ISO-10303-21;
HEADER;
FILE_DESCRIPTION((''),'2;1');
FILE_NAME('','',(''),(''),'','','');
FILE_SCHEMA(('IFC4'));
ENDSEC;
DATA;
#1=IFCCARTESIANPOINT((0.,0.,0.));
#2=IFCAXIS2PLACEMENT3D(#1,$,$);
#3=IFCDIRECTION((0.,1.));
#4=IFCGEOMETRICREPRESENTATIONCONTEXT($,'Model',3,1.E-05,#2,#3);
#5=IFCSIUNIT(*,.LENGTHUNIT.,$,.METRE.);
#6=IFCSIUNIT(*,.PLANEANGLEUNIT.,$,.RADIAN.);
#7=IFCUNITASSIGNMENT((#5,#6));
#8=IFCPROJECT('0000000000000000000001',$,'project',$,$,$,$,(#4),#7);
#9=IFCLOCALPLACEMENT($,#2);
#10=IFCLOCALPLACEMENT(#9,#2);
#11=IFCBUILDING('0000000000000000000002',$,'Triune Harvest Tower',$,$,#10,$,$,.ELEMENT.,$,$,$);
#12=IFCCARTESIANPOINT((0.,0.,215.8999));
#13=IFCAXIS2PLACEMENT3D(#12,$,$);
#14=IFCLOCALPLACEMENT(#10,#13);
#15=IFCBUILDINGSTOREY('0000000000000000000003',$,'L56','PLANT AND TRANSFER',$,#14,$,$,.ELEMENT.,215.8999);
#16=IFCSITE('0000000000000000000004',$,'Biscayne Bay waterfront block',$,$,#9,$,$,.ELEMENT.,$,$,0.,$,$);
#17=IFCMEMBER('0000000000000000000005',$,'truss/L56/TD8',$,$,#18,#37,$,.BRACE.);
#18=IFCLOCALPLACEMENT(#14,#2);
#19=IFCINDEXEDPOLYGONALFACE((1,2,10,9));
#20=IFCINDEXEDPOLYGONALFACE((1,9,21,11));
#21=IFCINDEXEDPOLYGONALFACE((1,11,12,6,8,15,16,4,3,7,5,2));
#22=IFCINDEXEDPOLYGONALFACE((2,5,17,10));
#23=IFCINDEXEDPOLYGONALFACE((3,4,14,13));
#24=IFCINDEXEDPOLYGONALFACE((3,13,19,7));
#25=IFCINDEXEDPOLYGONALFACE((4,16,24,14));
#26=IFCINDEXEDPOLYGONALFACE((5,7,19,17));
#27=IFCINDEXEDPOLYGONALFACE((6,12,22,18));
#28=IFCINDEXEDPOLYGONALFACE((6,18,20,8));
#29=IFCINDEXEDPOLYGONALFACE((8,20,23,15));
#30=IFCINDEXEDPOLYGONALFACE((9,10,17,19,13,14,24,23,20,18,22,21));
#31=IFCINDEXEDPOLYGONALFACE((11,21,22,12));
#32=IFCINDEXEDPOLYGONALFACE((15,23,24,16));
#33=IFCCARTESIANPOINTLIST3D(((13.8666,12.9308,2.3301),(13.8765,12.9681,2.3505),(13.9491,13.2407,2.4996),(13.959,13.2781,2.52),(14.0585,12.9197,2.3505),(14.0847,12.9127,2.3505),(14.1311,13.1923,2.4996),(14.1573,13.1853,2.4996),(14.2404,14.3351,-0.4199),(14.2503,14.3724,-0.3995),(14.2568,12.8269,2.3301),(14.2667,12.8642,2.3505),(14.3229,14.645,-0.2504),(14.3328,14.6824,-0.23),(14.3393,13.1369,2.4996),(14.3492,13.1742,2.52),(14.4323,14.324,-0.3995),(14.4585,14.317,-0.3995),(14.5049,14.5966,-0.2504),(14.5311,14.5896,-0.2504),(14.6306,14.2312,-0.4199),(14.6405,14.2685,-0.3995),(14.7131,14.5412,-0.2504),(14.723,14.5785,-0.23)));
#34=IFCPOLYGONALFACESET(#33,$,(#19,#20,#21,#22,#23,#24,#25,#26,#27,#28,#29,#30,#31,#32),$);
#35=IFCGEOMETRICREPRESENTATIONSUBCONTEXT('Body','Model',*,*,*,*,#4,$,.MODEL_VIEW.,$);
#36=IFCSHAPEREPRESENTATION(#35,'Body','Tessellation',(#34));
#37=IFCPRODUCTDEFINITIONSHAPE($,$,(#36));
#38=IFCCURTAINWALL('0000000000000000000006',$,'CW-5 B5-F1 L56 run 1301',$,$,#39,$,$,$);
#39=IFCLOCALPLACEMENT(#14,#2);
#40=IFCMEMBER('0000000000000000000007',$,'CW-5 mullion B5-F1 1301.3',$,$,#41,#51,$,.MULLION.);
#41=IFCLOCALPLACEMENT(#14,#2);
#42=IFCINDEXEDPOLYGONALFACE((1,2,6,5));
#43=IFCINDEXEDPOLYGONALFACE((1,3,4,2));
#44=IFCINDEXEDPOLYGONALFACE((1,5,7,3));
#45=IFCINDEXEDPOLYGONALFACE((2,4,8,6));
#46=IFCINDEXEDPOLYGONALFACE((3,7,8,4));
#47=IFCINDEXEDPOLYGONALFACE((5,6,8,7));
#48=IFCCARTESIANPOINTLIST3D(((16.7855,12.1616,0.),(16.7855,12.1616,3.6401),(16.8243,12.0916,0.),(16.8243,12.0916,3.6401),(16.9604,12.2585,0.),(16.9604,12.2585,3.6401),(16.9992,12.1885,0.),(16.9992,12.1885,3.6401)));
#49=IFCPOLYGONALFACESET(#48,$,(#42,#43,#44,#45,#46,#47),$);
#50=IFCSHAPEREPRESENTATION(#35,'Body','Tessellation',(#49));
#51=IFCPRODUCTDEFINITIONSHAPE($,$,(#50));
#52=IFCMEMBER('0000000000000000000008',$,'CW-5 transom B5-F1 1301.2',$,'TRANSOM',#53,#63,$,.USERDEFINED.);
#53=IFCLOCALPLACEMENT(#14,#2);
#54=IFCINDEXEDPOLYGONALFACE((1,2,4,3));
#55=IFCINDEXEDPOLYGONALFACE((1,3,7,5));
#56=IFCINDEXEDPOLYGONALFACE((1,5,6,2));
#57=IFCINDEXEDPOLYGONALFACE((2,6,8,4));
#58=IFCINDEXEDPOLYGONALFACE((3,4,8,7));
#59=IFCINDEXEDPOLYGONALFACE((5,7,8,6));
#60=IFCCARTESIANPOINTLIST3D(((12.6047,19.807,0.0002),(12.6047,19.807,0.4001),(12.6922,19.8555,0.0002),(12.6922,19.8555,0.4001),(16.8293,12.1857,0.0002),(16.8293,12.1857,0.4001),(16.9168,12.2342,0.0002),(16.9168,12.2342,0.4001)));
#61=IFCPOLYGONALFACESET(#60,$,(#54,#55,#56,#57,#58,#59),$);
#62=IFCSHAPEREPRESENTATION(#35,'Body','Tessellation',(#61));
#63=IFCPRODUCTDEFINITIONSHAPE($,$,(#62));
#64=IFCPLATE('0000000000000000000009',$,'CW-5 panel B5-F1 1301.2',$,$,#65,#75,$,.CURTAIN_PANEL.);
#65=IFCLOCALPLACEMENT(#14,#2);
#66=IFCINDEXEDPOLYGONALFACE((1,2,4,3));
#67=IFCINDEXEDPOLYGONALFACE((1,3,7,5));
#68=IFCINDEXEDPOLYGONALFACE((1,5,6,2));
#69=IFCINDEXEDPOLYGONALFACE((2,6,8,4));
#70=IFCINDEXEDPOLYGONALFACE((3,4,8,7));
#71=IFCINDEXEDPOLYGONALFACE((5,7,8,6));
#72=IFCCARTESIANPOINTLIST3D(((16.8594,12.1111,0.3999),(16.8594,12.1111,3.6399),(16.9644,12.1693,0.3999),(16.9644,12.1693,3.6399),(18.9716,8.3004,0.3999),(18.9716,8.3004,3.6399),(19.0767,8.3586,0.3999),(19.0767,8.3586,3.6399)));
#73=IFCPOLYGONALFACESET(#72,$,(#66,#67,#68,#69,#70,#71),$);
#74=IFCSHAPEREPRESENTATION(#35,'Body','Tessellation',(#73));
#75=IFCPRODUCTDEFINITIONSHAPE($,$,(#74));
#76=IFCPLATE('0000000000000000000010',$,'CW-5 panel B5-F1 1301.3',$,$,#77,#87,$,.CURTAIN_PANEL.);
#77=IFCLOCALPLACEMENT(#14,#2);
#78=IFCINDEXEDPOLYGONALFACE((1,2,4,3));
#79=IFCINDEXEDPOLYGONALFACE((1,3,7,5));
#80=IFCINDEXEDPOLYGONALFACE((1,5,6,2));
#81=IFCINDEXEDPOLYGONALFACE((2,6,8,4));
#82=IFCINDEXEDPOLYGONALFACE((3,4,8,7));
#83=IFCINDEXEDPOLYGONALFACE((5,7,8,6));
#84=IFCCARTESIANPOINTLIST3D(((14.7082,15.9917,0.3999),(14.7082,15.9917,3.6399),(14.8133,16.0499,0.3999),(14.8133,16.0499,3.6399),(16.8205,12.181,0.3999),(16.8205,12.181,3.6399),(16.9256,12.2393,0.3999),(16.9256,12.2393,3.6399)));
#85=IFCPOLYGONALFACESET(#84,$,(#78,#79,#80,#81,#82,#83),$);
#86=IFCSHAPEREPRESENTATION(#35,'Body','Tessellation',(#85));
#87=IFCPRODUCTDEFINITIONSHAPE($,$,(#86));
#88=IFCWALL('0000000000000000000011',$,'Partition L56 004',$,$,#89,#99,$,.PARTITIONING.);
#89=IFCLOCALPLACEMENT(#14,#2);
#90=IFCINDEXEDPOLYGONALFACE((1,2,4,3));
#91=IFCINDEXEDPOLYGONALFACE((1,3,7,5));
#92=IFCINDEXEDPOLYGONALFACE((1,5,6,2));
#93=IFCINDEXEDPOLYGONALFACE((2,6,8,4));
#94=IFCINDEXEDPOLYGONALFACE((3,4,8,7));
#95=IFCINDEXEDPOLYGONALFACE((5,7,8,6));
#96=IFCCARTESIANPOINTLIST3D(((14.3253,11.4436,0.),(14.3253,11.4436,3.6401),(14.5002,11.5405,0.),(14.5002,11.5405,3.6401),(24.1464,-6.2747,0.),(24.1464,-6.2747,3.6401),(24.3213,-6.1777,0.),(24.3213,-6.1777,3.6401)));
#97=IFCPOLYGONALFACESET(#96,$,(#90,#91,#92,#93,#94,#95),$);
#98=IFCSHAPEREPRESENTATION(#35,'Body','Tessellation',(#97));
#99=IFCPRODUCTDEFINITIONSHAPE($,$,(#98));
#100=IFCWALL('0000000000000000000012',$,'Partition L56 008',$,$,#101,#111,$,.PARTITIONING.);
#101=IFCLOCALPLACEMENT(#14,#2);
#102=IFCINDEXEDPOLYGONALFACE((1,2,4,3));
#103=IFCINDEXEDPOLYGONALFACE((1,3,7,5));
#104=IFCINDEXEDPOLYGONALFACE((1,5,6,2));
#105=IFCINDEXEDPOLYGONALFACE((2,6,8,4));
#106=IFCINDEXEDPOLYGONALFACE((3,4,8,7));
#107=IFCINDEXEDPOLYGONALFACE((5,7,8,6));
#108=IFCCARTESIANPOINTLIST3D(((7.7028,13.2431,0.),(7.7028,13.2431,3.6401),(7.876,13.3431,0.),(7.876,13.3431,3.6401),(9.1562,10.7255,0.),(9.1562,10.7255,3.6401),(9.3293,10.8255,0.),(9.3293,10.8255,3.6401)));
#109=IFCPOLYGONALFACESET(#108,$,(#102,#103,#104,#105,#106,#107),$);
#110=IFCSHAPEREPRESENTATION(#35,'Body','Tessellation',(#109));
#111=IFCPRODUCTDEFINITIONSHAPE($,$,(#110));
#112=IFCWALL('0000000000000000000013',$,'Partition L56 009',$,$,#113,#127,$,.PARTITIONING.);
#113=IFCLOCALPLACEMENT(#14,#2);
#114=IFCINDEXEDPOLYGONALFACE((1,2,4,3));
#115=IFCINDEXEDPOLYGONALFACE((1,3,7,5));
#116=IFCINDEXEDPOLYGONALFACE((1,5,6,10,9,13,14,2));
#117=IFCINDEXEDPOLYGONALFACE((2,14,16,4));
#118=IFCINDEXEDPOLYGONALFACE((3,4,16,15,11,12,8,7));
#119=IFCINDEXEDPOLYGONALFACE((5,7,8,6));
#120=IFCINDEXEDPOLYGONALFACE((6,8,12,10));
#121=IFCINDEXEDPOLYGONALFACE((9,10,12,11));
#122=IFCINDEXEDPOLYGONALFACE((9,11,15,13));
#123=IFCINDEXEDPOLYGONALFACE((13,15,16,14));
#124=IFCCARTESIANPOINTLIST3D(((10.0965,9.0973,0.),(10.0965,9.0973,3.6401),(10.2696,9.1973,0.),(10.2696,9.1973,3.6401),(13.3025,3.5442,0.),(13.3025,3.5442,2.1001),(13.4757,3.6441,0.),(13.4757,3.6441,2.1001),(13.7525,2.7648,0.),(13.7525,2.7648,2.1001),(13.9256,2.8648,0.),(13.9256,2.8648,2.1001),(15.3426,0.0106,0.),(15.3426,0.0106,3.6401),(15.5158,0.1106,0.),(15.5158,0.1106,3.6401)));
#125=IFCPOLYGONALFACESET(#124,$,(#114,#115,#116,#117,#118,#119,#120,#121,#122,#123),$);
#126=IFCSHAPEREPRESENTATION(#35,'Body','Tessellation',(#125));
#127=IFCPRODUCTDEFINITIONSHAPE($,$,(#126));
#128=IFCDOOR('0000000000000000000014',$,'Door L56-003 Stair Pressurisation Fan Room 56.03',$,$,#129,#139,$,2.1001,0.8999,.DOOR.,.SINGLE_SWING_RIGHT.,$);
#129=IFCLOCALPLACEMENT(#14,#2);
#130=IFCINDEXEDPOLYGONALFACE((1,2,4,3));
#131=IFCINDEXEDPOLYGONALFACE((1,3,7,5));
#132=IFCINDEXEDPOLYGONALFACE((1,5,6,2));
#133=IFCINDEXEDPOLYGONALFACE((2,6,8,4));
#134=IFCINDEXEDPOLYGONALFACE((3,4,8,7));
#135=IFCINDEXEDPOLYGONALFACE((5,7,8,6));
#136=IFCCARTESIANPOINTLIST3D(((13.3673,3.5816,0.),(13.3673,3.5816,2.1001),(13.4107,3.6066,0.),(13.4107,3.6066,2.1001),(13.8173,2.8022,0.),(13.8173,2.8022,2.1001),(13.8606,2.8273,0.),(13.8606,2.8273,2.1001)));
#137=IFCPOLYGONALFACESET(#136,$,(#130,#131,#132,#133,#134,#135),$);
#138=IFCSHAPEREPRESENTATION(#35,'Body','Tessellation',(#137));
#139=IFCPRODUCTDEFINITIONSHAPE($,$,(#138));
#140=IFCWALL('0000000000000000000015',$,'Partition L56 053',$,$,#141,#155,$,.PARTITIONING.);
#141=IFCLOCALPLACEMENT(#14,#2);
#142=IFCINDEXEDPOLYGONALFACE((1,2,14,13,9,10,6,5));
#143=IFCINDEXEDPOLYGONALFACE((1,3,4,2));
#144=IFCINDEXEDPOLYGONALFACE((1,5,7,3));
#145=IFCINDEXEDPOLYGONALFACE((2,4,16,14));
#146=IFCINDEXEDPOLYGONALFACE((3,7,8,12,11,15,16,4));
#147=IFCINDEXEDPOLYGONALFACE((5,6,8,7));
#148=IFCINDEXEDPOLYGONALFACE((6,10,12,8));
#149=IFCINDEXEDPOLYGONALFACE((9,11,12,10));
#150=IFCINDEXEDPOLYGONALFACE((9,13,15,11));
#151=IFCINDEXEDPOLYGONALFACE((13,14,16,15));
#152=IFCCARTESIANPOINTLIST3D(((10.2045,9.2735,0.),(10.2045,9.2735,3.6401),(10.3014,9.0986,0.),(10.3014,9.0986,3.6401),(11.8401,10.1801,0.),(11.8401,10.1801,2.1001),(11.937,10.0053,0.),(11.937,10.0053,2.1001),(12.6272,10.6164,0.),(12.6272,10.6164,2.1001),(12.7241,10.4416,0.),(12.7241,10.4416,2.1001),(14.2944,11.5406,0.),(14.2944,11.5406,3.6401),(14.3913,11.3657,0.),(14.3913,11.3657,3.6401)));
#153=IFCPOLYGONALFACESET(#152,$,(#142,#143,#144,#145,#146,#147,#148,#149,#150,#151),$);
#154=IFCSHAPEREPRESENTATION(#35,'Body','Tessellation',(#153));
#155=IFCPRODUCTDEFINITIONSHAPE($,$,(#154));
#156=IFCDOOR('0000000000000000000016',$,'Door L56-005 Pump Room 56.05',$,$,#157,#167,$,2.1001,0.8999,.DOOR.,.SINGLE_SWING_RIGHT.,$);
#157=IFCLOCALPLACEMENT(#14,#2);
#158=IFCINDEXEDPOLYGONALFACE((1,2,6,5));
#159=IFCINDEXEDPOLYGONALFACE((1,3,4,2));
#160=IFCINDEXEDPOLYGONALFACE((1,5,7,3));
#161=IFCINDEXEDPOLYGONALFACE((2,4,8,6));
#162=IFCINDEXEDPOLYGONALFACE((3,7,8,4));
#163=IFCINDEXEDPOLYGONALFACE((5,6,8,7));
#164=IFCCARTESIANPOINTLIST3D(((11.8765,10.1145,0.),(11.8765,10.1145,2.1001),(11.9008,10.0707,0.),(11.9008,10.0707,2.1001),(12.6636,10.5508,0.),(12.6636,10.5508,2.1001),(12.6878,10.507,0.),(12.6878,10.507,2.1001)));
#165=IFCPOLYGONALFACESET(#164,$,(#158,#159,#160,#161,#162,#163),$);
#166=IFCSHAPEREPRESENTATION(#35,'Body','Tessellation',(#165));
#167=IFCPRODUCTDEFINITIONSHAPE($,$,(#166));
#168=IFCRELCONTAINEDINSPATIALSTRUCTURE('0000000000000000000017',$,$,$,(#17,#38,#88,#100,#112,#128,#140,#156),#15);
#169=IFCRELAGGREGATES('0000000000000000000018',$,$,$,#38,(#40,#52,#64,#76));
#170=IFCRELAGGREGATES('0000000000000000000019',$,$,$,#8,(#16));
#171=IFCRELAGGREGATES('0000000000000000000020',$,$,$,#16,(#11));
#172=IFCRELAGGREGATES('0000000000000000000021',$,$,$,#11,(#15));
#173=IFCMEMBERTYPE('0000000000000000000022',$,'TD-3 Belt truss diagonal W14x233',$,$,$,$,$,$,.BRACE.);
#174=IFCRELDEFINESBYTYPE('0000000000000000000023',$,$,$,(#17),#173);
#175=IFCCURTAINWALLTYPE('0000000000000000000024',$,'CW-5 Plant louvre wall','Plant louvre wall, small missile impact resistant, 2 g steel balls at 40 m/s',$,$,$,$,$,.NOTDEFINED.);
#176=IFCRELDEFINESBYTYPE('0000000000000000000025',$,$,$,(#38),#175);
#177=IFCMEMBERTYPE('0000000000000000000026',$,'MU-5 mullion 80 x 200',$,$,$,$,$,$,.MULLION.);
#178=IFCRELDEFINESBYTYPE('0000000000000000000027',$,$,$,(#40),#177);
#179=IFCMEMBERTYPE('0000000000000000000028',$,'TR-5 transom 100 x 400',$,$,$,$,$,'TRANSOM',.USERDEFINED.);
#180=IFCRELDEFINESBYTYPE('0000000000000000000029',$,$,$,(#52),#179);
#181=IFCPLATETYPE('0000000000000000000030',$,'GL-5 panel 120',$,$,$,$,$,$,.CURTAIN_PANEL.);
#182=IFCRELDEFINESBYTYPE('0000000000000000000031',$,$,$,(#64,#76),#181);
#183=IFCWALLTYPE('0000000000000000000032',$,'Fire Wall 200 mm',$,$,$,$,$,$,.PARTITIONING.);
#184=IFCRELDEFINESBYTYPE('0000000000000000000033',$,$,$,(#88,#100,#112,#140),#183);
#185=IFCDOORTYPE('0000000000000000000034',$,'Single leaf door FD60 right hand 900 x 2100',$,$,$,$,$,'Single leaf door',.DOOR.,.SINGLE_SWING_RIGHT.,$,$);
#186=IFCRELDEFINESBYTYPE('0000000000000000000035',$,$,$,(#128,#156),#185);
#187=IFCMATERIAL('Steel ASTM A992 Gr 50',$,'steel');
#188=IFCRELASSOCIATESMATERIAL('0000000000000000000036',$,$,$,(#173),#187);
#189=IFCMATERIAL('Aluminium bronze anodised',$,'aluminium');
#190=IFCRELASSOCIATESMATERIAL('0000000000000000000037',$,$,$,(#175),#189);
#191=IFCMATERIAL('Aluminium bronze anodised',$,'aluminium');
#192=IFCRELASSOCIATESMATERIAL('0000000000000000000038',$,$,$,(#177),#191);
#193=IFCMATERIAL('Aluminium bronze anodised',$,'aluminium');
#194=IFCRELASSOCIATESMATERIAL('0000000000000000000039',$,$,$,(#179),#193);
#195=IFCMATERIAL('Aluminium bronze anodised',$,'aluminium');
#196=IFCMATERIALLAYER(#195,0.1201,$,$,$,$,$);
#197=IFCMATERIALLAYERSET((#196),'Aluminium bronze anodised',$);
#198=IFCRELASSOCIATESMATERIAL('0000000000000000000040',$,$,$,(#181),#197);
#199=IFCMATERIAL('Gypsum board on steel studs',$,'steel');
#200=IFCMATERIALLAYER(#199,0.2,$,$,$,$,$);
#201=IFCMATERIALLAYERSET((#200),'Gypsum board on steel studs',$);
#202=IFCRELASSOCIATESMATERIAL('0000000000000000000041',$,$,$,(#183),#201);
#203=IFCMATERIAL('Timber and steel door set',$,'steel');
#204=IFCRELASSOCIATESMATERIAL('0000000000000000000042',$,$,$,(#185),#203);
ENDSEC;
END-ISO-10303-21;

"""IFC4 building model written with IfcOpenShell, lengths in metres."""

from ifc_helpers import new_model, si_unit, direction, frame, frame_2d, origin, origin_2d, place, context, subcontext, project, spatial, rectangle, i_section, extrude, source, transform, mapped, material, layer, layer_set, material_profile, profile_set, type_object, element, fill, aggregate, save


model = new_model("IFC4")

# Units and contexts
model_context = context("Model", 3, precision=1e-05, world=origin(), true_north=direction((0.0, 1.0)))
body_context = subcontext(model_context, "Body", "Model", "MODEL_VIEW")
ifc_project = project(units=[si_unit("LENGTHUNIT", "METRE"), si_unit("PLANEANGLEUNIT", "RADIAN")], contexts=[model_context])

# Site, building, storey
site_placement = place(None, origin())
site = spatial("IfcSite", under=ifc_project, at=site_placement, Name="Biscayne Bay waterfront block", CompositionType="ELEMENT", RefElevation=0.0)
building_placement = place(site_placement, origin())
building = spatial("IfcBuilding", under=site, at=building_placement, Name="Triune Harvest Tower", CompositionType="ELEMENT")
storey_placement = place(building_placement, frame((0.0, 0.0, 215.8999)))
storey = spatial("IfcBuildingStorey", under=building, at=storey_placement, Name="L56", Description="PLANT AND TRANSFER", CompositionType="ELEMENT", Elevation=215.8999)

# Member
ifc_material_1 = material(Name="Steel ASTM A992 Gr 50", Category="steel")
ifc_material_profile_1 = material_profile(ifc_material_1, i_section(OverallWidth=0.4038, OverallDepth=0.4065, WebThickness=0.0271, FlangeThickness=0.0437, at=origin_2d()), Name="W14x233")
ifc_profile_set_1 = profile_set([ifc_material_profile_1], Name="Steel ASTM A992 Gr 50")
member_type_1 = type_object("IfcMemberType", Name="TD-3 Belt truss diagonal W14x233", PredefinedType="BRACE", material=ifc_profile_set_1)
shared_shape_1 = source(origin(), body_context, "Body", "SweptSolid", [
    extrude(i_section(OverallWidth=0.4038, OverallDepth=0.4065, WebThickness=0.0271, FlangeThickness=0.0437, at=origin_2d()), origin(), (0.0, 0.0, 1.0), 3.1104),
])
member_1_placement = place(storey_placement, frame((14.4817, 14.4568, -0.325), z_axis=(-0.120173, -0.451492, 0.884146), x_axis=(0.966355, -0.257213, 0.0)))
element("IfcMember", 1, at=member_1_placement, inside=storey, type_object=member_type_1, Name="truss/L56/TD8", PredefinedType="BRACE", context=body_context, shape_type="MappedRepresentation", body=[
    mapped(shared_shape_1, transform((0.0, 0.0, 0.0), scale=1.0)),
])

# Curtain wall, members, plates
ifc_material_2 = material(Name="Aluminium bronze anodised", Category="aluminium")
curtain_wall_type = type_object("IfcCurtainWallType", Name="CW-5 Plant louvre wall", Description="Plant louvre wall, small missile impact resistant, 2 g steel balls at 40 m/s", PredefinedType="NOTDEFINED", material=ifc_material_2)
curtain_wall_placement = place(storey_placement, origin())
curtain_wall = element("IfcCurtainWall", 2, at=curtain_wall_placement, inside=storey, type_object=curtain_wall_type, Name="CW-5 B5-F1 L56 run 1301")
ifc_material_3 = material(Name="Aluminium bronze anodised", Category="aluminium")
ifc_material_profile_2 = material_profile(ifc_material_3, rectangle(XDim=0.2, YDim=0.0801, at=origin_2d()), Name="MU-5 mullion 80 x 200")
ifc_profile_set_2 = profile_set([ifc_material_profile_2], Name="Aluminium bronze anodised")
member_type_2 = type_object("IfcMemberType", Name="MU-5 mullion 80 x 200", PredefinedType="MULLION", material=ifc_profile_set_2)
shared_shape_2 = source(origin(), body_context, "Body", "SweptSolid", [
    extrude(rectangle(XDim=0.2, YDim=0.0801, at=origin_2d()), origin(), (0.0, 0.0, 1.0), 3.6401),
])
member_2_placement = place(storey_placement, frame((16.8923, 12.175, 0.0), z_axis=(0.0, 0.0, 1.0), x_axis=(-0.874621, -0.484808, 0.0)))
member_2 = element("IfcMember", 3, at=member_2_placement, type_object=member_type_2, Name="CW-5 mullion B5-F1 1301.3", PredefinedType="MULLION", context=body_context, shape_type="MappedRepresentation", body=[
    mapped(shared_shape_2, transform((0.0, 0.0, 0.0), scale=1.0)),
])
ifc_material_4 = material(Name="Aluminium bronze anodised", Category="aluminium")
ifc_material_profile_3 = material_profile(ifc_material_4, rectangle(XDim=0.1001, YDim=0.3999, at=origin_2d()), Name="TR-5 transom 100 x 400")
ifc_profile_set_3 = profile_set([ifc_material_profile_3], Name="Aluminium bronze anodised")
member_type_3 = type_object("IfcMemberType", Name="TR-5 transom 100 x 400", ElementType="TRANSOM", PredefinedType="USERDEFINED", material=ifc_profile_set_3)
shared_shape_3 = source(origin(), body_context, "Body", "SweptSolid", [
    extrude(rectangle(XDim=0.1001, YDim=0.3999, at=origin_2d()), origin(), (0.0, 0.0, 1.0), 8.7139),
])
member_3_placement = place(storey_placement, frame((16.873, 12.21, 0.2002), z_axis=(-0.484812, 0.874618, 0.0), x_axis=(-0.874618, -0.484812, 0.0)))
member_3 = element("IfcMember", 4, at=member_3_placement, type_object=member_type_3, Name="CW-5 transom B5-F1 1301.2", ObjectType="TRANSOM", PredefinedType="USERDEFINED", context=body_context, shape_type="MappedRepresentation", body=[
    mapped(shared_shape_3, transform((0.0, 0.0, 0.0), scale=1.0)),
])
ifc_material_5 = material(Name="Aluminium bronze anodised", Category="aluminium")
ifc_layer_1 = layer(ifc_material_5, 0.1201)
ifc_layer_set_1 = layer_set([ifc_layer_1], Name="Aluminium bronze anodised")
plate_type = type_object("IfcPlateType", Name="GL-5 panel 120", PredefinedType="CURTAIN_PANEL", material=ifc_layer_set_1)
shared_shape_4 = source(origin(), body_context, "Body", "SweptSolid", [
    extrude(rectangle(XDim=4.3569, YDim=0.1201, at=origin_2d()), origin(), (0.0, 0.0, 1.0), 3.24),
])
plate_1_placement = place(storey_placement, frame((17.968, 10.2349, 0.3999), z_axis=(0.0, 0.0, 1.0), x_axis=(-0.484808, 0.874621, 0.0)))
plate_1 = element("IfcPlate", 5, at=plate_1_placement, type_object=plate_type, Name="CW-5 panel B5-F1 1301.2", PredefinedType="CURTAIN_PANEL", context=body_context, shape_type="MappedRepresentation", body=[
    mapped(shared_shape_4, transform((0.0, 0.0, 0.0), scale=1.0)),
])
plate_2_placement = place(storey_placement, frame((15.8169, 14.1155, 0.3999), z_axis=(0.0, 0.0, 1.0), x_axis=(-0.484808, 0.874621, 0.0)))
plate_2 = element("IfcPlate", 6, at=plate_2_placement, type_object=plate_type, Name="CW-5 panel B5-F1 1301.3", PredefinedType="CURTAIN_PANEL", context=body_context, shape_type="MappedRepresentation", body=[
    mapped(shared_shape_4, transform((0.0, 0.0, 0.0), scale=1.0)),
])
aggregate(curtain_wall, [member_2, member_3, plate_1, plate_2])

# Walls
ifc_material_6 = material(Name="Gypsum board on steel studs", Category="steel")
ifc_layer_2 = layer(ifc_material_6, 0.2)
ifc_layer_set_2 = layer_set([ifc_layer_2], Name="Gypsum board on steel studs")
wall_type = type_object("IfcWallType", Name="Fire Wall 200 mm", PredefinedType="PARTITIONING", material=ifc_layer_set_2)
wall_1_placement = place(storey_placement, frame((14.4128, 11.4919, 0.0), z_axis=(0.0, 0.0, 1.0), x_axis=(0.484796, -0.874627, 0.0)))
element("IfcWall", 7, at=wall_1_placement, inside=storey, type_object=wall_type, Name="Partition L56 004", PredefinedType="PARTITIONING", context=body_context, shape_type="SweptSolid", body=[
    extrude(rectangle(XDim=20.2581, YDim=0.2, at=frame_2d((10.1289, 0.0))), origin(), (0.0, 0.0, 1.0), 3.6401),
])
wall_2_placement = place(storey_placement, frame((7.7893, 13.2932, 0.0), z_axis=(0.0, 0.0, 1.0), x_axis=(0.49996, -0.866049, 0.0)))
element("IfcWall", 8, at=wall_2_placement, inside=storey, type_object=wall_type, Name="Partition L56 008", PredefinedType="PARTITIONING", context=body_context, shape_type="SweptSolid", body=[
    extrude(rectangle(XDim=2.907, YDim=0.2, at=frame_2d((1.4536, 0.0))), origin(), (0.0, 0.0, 1.0), 3.6401),
])

# Walls, openings, doors
wall_3_placement = place(storey_placement, frame((10.1831, 9.1472, 0.0), z_axis=(0.0, 0.0, 1.0), x_axis=(0.499993, -0.866029, 0.0)))
wall_3 = element("IfcWall", 9, at=wall_3_placement, inside=storey, type_object=wall_type, Name="Partition L56 009", PredefinedType="PARTITIONING", context=body_context, shape_type="SweptSolid", body=[
    extrude(rectangle(XDim=10.4924, YDim=0.2, at=frame_2d((5.2461, 0.0))), origin(), (0.0, 0.0, 1.0), 3.6401),
])
opening_1_placement = place(wall_3_placement, frame((6.4121, 0.0, 0.0)))
opening_1 = element("IfcOpeningElement", 10, at=opening_1_placement, cuts=wall_3, PredefinedType="OPENING", context=body_context, shape_type="SweptSolid", body=[
    extrude(rectangle(XDim=0.8999, YDim=2.1001, at=frame_2d((0.45, 1.05))), frame((0.0, 0.1099, 0.0), z_axis=(0.0, -1.0, 0.0), x_axis=(1.0, 0.0, 0.0)), (0.0, 0.0, 1.0), 0.22),
])
ifc_material_7 = material(Name="Timber and steel door set", Category="steel")
door_type_1 = type_object("IfcDoorType", Name="Single leaf door FD60 right hand 900 x 2100", ElementType="Single leaf door", OperationType="SINGLE_SWING_RIGHT", PredefinedType="DOOR", material=ifc_material_7)
door_1_placement = place(opening_1_placement, origin())
door_1 = element("IfcDoor", 11, at=door_1_placement, inside=storey, type_object=door_type_1, Name="Door L56-003 Stair Pressurisation Fan Room 56.03", OperationType="SINGLE_SWING_RIGHT", OverallHeight=2.1001, OverallWidth=0.8999, PredefinedType="DOOR", context=body_context, shape_type="SweptSolid", body=[
    extrude(rectangle(XDim=0.8999, YDim=2.1001, at=frame_2d((0.45, 1.05))), frame((0.0, 0.0249, 0.0), z_axis=(0.0, -1.0, 0.0), x_axis=(1.0, 0.0, 0.0)), (0.0, 0.0, 1.0), 0.05),
])
fill(opening_1, door_1)
wall_4_placement = place(storey_placement, frame((10.2529, 9.186, 0.0), z_axis=(0.0, 0.0, 1.0), x_axis=(0.874615, 0.484818, 0.0)))
wall_4 = element("IfcWall", 12, at=wall_4_placement, inside=storey, type_object=wall_type, Name="Partition L56 053", PredefinedType="PARTITIONING", context=body_context, shape_type="SweptSolid", body=[
    extrude(rectangle(XDim=4.6763, YDim=0.2, at=frame_2d((2.3381, 0.0))), origin(), (0.0, 0.0, 1.0), 3.6401),
])
opening_2_placement = place(wall_4_placement, frame((1.8701, 0.0, 0.0)))
opening_2 = element("IfcOpeningElement", 13, at=opening_2_placement, cuts=wall_4, PredefinedType="OPENING", context=body_context, shape_type="SweptSolid", body=[
    extrude(rectangle(XDim=0.8999, YDim=2.1001, at=frame_2d((0.45, 1.05))), frame((0.0, 0.1099, 0.0), z_axis=(0.0, -1.0, 0.0), x_axis=(1.0, 0.0, 0.0)), (0.0, 0.0, 1.0), 0.22),
])
door_2_placement = place(opening_2_placement, origin())
door_2 = element("IfcDoor", 14, at=door_2_placement, inside=storey, type_object=door_type_1, Name="Door L56-005 Pump Room 56.05", OperationType="SINGLE_SWING_RIGHT", OverallHeight=2.1001, OverallWidth=0.8999, PredefinedType="DOOR", context=body_context, shape_type="SweptSolid", body=[
    extrude(rectangle(XDim=0.8999, YDim=2.1001, at=frame_2d((0.45, 1.05))), frame((0.0, 0.0249, 0.0), z_axis=(0.0, -1.0, 0.0), x_axis=(1.0, 0.0, 0.0)), (0.0, 0.0, 1.0), 0.05),
])
fill(opening_2, door_2)

save(model, "model.ifc")
